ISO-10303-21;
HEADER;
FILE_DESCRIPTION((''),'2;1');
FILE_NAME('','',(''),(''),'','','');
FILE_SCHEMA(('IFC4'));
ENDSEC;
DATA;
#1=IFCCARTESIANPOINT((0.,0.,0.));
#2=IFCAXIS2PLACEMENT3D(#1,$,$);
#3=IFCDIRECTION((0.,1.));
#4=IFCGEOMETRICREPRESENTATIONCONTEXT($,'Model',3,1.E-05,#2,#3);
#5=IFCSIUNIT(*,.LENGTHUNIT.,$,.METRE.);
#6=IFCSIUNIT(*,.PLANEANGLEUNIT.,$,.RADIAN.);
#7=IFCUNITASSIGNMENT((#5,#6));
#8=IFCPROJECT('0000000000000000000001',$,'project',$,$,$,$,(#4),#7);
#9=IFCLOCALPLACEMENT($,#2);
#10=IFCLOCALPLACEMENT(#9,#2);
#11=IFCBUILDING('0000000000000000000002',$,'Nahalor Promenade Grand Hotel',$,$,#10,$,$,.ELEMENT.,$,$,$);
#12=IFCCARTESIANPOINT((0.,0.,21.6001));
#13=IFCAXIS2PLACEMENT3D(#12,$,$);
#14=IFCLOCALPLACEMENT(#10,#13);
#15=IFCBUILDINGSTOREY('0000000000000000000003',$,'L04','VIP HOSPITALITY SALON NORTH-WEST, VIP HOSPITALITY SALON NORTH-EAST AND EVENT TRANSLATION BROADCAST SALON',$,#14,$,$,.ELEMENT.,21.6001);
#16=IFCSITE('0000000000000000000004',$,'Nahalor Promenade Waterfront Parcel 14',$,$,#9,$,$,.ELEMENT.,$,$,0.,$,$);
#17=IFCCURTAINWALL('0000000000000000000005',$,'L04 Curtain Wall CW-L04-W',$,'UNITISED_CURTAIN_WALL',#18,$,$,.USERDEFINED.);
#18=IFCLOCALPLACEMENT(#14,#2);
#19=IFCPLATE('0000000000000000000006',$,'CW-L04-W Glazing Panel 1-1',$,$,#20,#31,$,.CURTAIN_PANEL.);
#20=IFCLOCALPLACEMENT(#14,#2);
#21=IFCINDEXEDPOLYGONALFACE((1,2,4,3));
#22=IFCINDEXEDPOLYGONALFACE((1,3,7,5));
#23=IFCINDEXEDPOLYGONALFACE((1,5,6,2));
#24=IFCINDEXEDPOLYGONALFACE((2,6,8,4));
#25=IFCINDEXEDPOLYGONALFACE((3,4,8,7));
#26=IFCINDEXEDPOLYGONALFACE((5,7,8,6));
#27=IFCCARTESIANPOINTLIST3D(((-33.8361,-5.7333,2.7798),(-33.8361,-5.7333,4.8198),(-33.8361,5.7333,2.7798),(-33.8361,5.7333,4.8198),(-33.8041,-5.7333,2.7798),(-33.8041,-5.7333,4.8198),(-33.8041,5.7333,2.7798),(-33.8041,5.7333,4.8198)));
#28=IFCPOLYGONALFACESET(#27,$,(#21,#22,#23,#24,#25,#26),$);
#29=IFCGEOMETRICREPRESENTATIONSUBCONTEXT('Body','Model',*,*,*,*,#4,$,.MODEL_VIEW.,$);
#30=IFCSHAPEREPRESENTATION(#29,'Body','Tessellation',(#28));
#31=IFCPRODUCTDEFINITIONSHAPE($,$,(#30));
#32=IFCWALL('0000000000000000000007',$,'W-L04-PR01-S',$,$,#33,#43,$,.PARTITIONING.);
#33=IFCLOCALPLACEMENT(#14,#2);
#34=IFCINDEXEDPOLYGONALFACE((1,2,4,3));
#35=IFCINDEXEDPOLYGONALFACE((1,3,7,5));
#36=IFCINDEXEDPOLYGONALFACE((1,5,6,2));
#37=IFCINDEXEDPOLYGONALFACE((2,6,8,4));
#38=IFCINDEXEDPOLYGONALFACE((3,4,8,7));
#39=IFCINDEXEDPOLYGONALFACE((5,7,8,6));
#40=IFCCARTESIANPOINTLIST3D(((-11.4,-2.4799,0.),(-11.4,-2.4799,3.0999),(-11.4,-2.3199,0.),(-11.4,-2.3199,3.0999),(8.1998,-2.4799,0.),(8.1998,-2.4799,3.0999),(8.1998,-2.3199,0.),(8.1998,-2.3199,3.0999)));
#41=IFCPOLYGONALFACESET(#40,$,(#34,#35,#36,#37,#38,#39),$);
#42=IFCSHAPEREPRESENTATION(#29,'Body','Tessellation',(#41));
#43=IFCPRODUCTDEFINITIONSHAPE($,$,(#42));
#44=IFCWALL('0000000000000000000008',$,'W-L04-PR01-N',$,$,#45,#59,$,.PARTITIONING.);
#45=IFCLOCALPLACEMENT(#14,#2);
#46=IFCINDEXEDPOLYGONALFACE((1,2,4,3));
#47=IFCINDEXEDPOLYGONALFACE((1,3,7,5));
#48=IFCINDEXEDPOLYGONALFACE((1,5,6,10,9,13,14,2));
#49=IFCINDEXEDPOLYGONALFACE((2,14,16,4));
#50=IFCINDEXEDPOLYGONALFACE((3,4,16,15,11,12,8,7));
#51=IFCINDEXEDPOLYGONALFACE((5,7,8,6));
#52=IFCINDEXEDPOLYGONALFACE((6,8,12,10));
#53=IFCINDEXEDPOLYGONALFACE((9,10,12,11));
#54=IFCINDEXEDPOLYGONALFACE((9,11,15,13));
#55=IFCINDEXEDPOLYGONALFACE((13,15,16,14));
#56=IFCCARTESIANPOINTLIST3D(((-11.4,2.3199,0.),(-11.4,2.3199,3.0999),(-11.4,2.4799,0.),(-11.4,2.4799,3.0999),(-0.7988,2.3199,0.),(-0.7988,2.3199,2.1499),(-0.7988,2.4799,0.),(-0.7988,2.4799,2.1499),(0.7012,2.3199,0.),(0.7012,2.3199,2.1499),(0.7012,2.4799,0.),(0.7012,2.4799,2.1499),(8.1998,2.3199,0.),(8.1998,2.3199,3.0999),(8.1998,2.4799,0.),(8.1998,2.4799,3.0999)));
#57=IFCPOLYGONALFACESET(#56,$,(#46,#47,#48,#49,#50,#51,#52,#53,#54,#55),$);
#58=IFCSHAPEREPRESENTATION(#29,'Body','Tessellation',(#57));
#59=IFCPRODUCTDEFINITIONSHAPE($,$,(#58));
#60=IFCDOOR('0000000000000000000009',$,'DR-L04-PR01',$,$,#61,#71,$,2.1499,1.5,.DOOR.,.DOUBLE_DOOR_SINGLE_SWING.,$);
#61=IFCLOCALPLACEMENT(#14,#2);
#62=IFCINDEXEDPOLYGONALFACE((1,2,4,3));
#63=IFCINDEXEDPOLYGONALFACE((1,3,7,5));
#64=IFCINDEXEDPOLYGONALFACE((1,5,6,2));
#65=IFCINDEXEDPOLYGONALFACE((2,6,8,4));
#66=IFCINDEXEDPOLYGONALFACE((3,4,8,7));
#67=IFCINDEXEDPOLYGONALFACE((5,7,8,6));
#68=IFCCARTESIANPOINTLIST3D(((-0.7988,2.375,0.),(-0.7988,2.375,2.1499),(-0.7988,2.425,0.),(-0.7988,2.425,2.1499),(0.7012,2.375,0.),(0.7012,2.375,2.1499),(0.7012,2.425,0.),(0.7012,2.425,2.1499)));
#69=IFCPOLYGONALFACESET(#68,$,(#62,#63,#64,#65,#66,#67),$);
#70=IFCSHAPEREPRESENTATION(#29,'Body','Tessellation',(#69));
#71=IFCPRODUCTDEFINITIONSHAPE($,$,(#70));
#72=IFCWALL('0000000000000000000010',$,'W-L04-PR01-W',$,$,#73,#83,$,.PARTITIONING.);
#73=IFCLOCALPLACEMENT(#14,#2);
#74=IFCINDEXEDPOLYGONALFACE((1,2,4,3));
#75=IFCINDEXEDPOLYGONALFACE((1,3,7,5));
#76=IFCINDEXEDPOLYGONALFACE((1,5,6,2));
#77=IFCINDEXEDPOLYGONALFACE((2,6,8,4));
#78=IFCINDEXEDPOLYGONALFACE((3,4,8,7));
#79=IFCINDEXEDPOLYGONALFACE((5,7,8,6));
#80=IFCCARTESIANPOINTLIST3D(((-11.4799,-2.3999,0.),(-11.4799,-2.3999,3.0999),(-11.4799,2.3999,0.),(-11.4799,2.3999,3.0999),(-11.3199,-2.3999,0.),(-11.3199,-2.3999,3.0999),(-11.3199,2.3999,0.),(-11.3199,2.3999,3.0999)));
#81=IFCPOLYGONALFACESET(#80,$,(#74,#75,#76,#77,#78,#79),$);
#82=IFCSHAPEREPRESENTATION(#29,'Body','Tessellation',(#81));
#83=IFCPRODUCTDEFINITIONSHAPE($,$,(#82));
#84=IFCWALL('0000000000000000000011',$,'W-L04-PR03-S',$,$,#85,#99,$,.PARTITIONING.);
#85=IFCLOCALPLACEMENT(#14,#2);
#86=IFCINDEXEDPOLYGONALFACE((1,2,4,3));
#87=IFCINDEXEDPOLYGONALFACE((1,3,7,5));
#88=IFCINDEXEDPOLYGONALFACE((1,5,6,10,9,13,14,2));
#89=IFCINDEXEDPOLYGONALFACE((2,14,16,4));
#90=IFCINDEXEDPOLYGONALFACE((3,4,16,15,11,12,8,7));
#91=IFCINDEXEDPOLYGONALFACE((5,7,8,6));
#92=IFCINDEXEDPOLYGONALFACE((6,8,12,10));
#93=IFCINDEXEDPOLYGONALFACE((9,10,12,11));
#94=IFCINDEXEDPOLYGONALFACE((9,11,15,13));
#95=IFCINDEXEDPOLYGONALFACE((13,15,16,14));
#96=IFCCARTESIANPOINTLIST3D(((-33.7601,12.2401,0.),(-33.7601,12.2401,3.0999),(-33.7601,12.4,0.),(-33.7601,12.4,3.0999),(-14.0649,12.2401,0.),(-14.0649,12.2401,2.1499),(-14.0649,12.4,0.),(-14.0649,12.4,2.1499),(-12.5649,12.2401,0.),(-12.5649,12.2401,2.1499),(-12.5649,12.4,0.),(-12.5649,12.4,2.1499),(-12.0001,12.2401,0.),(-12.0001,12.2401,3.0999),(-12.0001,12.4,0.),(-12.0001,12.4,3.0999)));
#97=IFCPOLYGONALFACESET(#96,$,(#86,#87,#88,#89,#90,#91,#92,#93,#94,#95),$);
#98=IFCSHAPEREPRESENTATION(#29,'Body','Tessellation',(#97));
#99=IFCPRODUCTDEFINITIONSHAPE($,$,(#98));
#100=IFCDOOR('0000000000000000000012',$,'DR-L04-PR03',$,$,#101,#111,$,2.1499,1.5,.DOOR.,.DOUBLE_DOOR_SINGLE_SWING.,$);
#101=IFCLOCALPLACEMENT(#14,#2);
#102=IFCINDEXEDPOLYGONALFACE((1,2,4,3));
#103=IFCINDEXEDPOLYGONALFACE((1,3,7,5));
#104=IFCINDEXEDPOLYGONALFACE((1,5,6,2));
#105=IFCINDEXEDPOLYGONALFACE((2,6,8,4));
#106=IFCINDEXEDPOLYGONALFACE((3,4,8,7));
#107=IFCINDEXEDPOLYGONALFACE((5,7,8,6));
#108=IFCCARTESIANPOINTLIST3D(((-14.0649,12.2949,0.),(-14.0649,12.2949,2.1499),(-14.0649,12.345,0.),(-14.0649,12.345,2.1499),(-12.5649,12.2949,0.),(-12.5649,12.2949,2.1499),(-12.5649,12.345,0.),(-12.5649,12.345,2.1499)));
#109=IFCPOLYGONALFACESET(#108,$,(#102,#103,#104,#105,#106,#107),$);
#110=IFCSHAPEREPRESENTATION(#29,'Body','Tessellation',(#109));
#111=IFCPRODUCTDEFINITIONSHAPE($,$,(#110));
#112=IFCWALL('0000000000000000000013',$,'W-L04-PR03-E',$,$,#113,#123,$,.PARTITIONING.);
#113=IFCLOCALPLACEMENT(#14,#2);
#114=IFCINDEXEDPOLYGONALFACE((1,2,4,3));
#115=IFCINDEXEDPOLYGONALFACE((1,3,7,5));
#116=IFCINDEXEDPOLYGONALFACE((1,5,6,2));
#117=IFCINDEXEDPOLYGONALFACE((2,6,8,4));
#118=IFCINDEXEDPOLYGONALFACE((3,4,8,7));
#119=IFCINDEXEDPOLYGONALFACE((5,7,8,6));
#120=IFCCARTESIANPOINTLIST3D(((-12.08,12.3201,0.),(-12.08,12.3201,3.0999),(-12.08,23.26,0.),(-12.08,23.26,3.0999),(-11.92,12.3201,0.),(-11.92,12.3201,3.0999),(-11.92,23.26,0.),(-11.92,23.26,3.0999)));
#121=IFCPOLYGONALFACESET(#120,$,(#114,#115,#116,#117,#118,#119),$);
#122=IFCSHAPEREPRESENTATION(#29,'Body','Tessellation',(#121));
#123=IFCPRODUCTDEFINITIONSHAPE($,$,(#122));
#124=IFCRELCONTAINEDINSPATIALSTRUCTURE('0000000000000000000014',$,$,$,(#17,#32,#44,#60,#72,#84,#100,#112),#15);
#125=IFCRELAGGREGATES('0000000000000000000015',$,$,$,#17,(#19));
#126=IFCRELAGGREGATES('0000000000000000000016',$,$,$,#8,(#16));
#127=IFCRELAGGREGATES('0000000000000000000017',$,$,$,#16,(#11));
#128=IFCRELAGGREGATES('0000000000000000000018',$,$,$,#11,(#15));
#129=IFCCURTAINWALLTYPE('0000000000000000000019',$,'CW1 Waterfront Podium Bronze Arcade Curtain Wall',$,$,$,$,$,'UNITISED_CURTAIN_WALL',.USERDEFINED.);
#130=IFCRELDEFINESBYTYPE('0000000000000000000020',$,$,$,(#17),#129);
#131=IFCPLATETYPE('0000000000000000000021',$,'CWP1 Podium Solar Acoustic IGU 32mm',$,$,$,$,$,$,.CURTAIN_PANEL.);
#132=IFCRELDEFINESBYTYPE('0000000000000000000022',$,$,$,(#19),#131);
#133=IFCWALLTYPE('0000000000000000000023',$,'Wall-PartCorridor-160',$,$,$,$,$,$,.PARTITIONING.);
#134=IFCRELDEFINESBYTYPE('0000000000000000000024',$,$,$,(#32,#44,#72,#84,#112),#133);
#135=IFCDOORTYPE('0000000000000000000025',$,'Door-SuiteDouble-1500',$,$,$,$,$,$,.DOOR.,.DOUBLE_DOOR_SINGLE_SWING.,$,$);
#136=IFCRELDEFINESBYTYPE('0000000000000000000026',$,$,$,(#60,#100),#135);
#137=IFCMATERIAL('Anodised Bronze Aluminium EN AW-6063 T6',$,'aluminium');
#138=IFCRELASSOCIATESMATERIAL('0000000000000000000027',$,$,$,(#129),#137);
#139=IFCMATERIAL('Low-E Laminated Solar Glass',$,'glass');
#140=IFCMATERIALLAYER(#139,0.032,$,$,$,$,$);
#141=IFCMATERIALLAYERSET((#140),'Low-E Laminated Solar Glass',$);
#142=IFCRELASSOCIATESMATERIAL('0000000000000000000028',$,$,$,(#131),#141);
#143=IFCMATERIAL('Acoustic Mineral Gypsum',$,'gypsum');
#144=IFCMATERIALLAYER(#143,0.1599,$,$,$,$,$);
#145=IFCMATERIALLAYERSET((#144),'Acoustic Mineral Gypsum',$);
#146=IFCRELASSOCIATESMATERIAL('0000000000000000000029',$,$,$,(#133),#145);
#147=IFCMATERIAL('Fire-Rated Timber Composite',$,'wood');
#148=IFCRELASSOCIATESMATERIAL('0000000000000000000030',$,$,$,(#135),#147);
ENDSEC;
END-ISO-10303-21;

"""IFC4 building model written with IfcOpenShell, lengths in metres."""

from ifc_helpers import new_model, si_unit, direction, frame, frame_2d, origin, origin_2d, place, context, subcontext, project, spatial, rectangle, extrude, source, transform, mapped, material, layer, layer_set, type_object, element, fill, aggregate, save


model = new_model("IFC4")

# Units and contexts
model_context = context("Model", 3, precision=1e-05, world=origin(), true_north=direction((0.0, 1.0)))
body_context = subcontext(model_context, "Body", "Model", "MODEL_VIEW")
ifc_project = project(units=[si_unit("LENGTHUNIT", "METRE"), si_unit("PLANEANGLEUNIT", "RADIAN")], contexts=[model_context])

# Site, building, storey
site_placement = place(None, origin())
site = spatial("IfcSite", under=ifc_project, at=site_placement, Name="Nahalor Promenade Waterfront Parcel 14", CompositionType="ELEMENT", RefElevation=0.0)
building_placement = place(site_placement, origin())
building = spatial("IfcBuilding", under=site, at=building_placement, Name="Nahalor Promenade Grand Hotel", CompositionType="ELEMENT")
storey_placement = place(building_placement, frame((0.0, 0.0, 21.6001)))
storey = spatial("IfcBuildingStorey", under=building, at=storey_placement, Name="L04", Description="VIP HOSPITALITY SALON NORTH-WEST, VIP HOSPITALITY SALON NORTH-EAST AND EVENT TRANSLATION BROADCAST SALON", CompositionType="ELEMENT", Elevation=21.6001)

# Curtain wall
ifc_material_1 = material(Name="Anodised Bronze Aluminium EN AW-6063 T6", Category="aluminium")
curtain_wall_type = type_object("IfcCurtainWallType", Name="CW1 Waterfront Podium Bronze Arcade Curtain Wall", ElementType="UNITISED_CURTAIN_WALL", PredefinedType="USERDEFINED", material=ifc_material_1)
curtain_wall_placement = place(storey_placement, origin())
curtain_wall = element("IfcCurtainWall", 1, at=curtain_wall_placement, inside=storey, type_object=curtain_wall_type, Name="L04 Curtain Wall CW-L04-W", ObjectType="UNITISED_CURTAIN_WALL", PredefinedType="USERDEFINED")

# Plate
ifc_material_2 = material(Name="Low-E Laminated Solar Glass", Category="glass")
ifc_layer_1 = layer(ifc_material_2, 0.032)
ifc_layer_set_1 = layer_set([ifc_layer_1], Name="Low-E Laminated Solar Glass")
plate_type_1 = type_object("IfcPlateType", Name="CWP1 Podium Solar Acoustic IGU 32mm", PredefinedType="CURTAIN_PANEL", material=ifc_layer_set_1)
shared_shape_1 = source(origin(), body_context, "Body", "SweptSolid", [
    extrude(rectangle(XDim=11.4666, YDim=0.032, at=origin_2d()), origin(), (0.0, 0.0, 1.0), 2.04),
])
plate_1_placement = place(storey_placement, frame((-33.8201, 0.0, 2.7798), z_axis=(0.0, 0.0, 1.0), x_axis=(0.0, 1.0, 0.0)))
plate_1 = element("IfcPlate", 2, at=plate_1_placement, type_object=plate_type_1, Name="CW-L04-W Glazing Panel 1-1", PredefinedType="CURTAIN_PANEL", context=body_context, shape_type="MappedRepresentation", body=[
    mapped(shared_shape_1, transform((0.0, 0.0, 0.0), scale=1.0)),
])
aggregate(curtain_wall, [plate_1])

# Wall
ifc_material_3 = material(Name="Acoustic Mineral Gypsum", Category="gypsum")
ifc_layer_2 = layer(ifc_material_3, 0.1599)
ifc_layer_set_2 = layer_set([ifc_layer_2], Name="Acoustic Mineral Gypsum")
wall_type = type_object("IfcWallType", Name="Wall-PartCorridor-160", PredefinedType="PARTITIONING", material=ifc_layer_set_2)
shared_shape_2 = source(origin(), body_context, "Body", "SweptSolid", [
    extrude(rectangle(XDim=19.5999, YDim=0.1599, at=frame_2d((9.7998, 0.0))), origin(), (0.0, 0.0, 1.0), 3.0999),
])
wall_1_placement = place(storey_placement, frame((-11.3999, -2.3999, 0.0), z_axis=(0.0, 0.0, 1.0), x_axis=(1.0, 0.0, 0.0)))
element("IfcWall", 3, at=wall_1_placement, inside=storey, type_object=wall_type, Name="W-L04-PR01-S", PredefinedType="PARTITIONING", context=body_context, shape_type="MappedRepresentation", body=[
    mapped(shared_shape_2, transform((0.0, 0.0, 0.0), scale=1.0)),
])

# Wall, opening, door
wall_2_placement = place(storey_placement, frame((-11.3999, 2.3999, 0.0), z_axis=(0.0, 0.0, 1.0), x_axis=(1.0, 0.0, 0.0)))
wall_2 = element("IfcWall", 4, at=wall_2_placement, inside=storey, type_object=wall_type, Name="W-L04-PR01-N", PredefinedType="PARTITIONING", context=body_context, shape_type="MappedRepresentation", body=[
    mapped(shared_shape_2, transform((0.0, 0.0, 0.0), scale=1.0)),
])
opening_1_placement = place(wall_2_placement, frame((10.6011, 0.0, 0.0)))
opening_1 = element("IfcOpeningElement", 5, at=opening_1_placement, cuts=wall_2, PredefinedType="OPENING", context=body_context, shape_type="SweptSolid", body=[
    extrude(rectangle(XDim=1.5, YDim=2.1499, at=frame_2d((0.75, 1.075))), frame((0.0, 0.0898, 0.0), z_axis=(0.0, -1.0, 0.0), x_axis=(1.0, 0.0, 0.0)), (0.0, 0.0, 1.0), 0.1799),
])
ifc_material_4 = material(Name="Fire-Rated Timber Composite", Category="wood")
door_type = type_object("IfcDoorType", Name="Door-SuiteDouble-1500", OperationType="DOUBLE_DOOR_SINGLE_SWING", PredefinedType="DOOR", material=ifc_material_4)
shared_shape_3 = source(origin(), body_context, "Body", "SweptSolid", [
    extrude(rectangle(XDim=1.5, YDim=2.1499, at=frame_2d((0.75, 1.075))), frame((0.0, 0.0249, 0.0), z_axis=(0.0, -1.0, 0.0), x_axis=(1.0, 0.0, 0.0)), (0.0, 0.0, 1.0), 0.05),
])
door_1_placement = place(opening_1_placement, frame((1.5, 0.0, 0.0), z_axis=(0.0, 0.0, 1.0), x_axis=(-1.0, 0.0, 0.0)))
door_1 = element("IfcDoor", 6, at=door_1_placement, inside=storey, type_object=door_type, Name="DR-L04-PR01", OperationType="DOUBLE_DOOR_SINGLE_SWING", OverallHeight=2.1499, OverallWidth=1.5, PredefinedType="DOOR", context=body_context, shape_type="MappedRepresentation", body=[
    mapped(shared_shape_3, transform((0.0, 0.0, 0.0), scale=1.0)),
])
fill(opening_1, door_1)

# Wall
shared_shape_4 = source(origin(), body_context, "Body", "SweptSolid", [
    extrude(rectangle(XDim=4.7998, YDim=0.1599, at=frame_2d((2.3999, 0.0))), origin(), (0.0, 0.0, 1.0), 3.0999),
])
wall_3_placement = place(storey_placement, frame((-11.3999, -2.3999, 0.0), z_axis=(0.0, 0.0, 1.0), x_axis=(0.0, 1.0, 0.0)))
element("IfcWall", 7, at=wall_3_placement, inside=storey, type_object=wall_type, Name="W-L04-PR01-W", PredefinedType="PARTITIONING", context=body_context, shape_type="MappedRepresentation", body=[
    mapped(shared_shape_4, transform((0.0, 0.0, 0.0), scale=1.0)),
])

# Wall, opening, door
shared_shape_5 = source(origin(), body_context, "Body", "SweptSolid", [
    extrude(rectangle(XDim=21.76, YDim=0.1599, at=frame_2d((10.8799, 0.0))), origin(), (0.0, 0.0, 1.0), 3.0999),
])
wall_4_placement = place(storey_placement, frame((-33.76, 12.3201, 0.0), z_axis=(0.0, 0.0, 1.0), x_axis=(1.0, 0.0, 0.0)))
wall_4 = element("IfcWall", 8, at=wall_4_placement, inside=storey, type_object=wall_type, Name="W-L04-PR03-S", PredefinedType="PARTITIONING", context=body_context, shape_type="MappedRepresentation", body=[
    mapped(shared_shape_5, transform((0.0, 0.0, 0.0), scale=1.0)),
])
opening_2_placement = place(wall_4_placement, frame((19.6951, 0.0, 0.0)))
opening_2 = element("IfcOpeningElement", 9, at=opening_2_placement, cuts=wall_4, PredefinedType="OPENING", context=body_context, shape_type="SweptSolid", body=[
    extrude(rectangle(XDim=1.5, YDim=2.1499, at=frame_2d((0.75, 1.075))), frame((0.0, 0.0898, 0.0), z_axis=(0.0, -1.0, 0.0), x_axis=(1.0, 0.0, 0.0)), (0.0, 0.0, 1.0), 0.1799),
])
door_2_placement = place(opening_2_placement, origin())
door_2 = element("IfcDoor", 10, at=door_2_placement, inside=storey, type_object=door_type, Name="DR-L04-PR03", OperationType="DOUBLE_DOOR_SINGLE_SWING", OverallHeight=2.1499, OverallWidth=1.5, PredefinedType="DOOR", context=body_context, shape_type="MappedRepresentation", body=[
    mapped(shared_shape_3, transform((0.0, 0.0, 0.0), scale=1.0)),
])
fill(opening_2, door_2)

# Wall
shared_shape_6 = source(origin(), body_context, "Body", "SweptSolid", [
    extrude(rectangle(XDim=10.9399, YDim=0.1599, at=frame_2d((5.47, 0.0))), origin(), (0.0, 0.0, 1.0), 3.0999),
])
wall_5_placement = place(storey_placement, frame((-12.0, 12.3201, 0.0), z_axis=(0.0, 0.0, 1.0), x_axis=(0.0, 1.0, 0.0)))
element("IfcWall", 11, at=wall_5_placement, inside=storey, type_object=wall_type, Name="W-L04-PR03-E", PredefinedType="PARTITIONING", context=body_context, shape_type="MappedRepresentation", body=[
    mapped(shared_shape_6, transform((0.0, 0.0, 0.0), scale=1.0)),
])

save(model, "model.ifc")
